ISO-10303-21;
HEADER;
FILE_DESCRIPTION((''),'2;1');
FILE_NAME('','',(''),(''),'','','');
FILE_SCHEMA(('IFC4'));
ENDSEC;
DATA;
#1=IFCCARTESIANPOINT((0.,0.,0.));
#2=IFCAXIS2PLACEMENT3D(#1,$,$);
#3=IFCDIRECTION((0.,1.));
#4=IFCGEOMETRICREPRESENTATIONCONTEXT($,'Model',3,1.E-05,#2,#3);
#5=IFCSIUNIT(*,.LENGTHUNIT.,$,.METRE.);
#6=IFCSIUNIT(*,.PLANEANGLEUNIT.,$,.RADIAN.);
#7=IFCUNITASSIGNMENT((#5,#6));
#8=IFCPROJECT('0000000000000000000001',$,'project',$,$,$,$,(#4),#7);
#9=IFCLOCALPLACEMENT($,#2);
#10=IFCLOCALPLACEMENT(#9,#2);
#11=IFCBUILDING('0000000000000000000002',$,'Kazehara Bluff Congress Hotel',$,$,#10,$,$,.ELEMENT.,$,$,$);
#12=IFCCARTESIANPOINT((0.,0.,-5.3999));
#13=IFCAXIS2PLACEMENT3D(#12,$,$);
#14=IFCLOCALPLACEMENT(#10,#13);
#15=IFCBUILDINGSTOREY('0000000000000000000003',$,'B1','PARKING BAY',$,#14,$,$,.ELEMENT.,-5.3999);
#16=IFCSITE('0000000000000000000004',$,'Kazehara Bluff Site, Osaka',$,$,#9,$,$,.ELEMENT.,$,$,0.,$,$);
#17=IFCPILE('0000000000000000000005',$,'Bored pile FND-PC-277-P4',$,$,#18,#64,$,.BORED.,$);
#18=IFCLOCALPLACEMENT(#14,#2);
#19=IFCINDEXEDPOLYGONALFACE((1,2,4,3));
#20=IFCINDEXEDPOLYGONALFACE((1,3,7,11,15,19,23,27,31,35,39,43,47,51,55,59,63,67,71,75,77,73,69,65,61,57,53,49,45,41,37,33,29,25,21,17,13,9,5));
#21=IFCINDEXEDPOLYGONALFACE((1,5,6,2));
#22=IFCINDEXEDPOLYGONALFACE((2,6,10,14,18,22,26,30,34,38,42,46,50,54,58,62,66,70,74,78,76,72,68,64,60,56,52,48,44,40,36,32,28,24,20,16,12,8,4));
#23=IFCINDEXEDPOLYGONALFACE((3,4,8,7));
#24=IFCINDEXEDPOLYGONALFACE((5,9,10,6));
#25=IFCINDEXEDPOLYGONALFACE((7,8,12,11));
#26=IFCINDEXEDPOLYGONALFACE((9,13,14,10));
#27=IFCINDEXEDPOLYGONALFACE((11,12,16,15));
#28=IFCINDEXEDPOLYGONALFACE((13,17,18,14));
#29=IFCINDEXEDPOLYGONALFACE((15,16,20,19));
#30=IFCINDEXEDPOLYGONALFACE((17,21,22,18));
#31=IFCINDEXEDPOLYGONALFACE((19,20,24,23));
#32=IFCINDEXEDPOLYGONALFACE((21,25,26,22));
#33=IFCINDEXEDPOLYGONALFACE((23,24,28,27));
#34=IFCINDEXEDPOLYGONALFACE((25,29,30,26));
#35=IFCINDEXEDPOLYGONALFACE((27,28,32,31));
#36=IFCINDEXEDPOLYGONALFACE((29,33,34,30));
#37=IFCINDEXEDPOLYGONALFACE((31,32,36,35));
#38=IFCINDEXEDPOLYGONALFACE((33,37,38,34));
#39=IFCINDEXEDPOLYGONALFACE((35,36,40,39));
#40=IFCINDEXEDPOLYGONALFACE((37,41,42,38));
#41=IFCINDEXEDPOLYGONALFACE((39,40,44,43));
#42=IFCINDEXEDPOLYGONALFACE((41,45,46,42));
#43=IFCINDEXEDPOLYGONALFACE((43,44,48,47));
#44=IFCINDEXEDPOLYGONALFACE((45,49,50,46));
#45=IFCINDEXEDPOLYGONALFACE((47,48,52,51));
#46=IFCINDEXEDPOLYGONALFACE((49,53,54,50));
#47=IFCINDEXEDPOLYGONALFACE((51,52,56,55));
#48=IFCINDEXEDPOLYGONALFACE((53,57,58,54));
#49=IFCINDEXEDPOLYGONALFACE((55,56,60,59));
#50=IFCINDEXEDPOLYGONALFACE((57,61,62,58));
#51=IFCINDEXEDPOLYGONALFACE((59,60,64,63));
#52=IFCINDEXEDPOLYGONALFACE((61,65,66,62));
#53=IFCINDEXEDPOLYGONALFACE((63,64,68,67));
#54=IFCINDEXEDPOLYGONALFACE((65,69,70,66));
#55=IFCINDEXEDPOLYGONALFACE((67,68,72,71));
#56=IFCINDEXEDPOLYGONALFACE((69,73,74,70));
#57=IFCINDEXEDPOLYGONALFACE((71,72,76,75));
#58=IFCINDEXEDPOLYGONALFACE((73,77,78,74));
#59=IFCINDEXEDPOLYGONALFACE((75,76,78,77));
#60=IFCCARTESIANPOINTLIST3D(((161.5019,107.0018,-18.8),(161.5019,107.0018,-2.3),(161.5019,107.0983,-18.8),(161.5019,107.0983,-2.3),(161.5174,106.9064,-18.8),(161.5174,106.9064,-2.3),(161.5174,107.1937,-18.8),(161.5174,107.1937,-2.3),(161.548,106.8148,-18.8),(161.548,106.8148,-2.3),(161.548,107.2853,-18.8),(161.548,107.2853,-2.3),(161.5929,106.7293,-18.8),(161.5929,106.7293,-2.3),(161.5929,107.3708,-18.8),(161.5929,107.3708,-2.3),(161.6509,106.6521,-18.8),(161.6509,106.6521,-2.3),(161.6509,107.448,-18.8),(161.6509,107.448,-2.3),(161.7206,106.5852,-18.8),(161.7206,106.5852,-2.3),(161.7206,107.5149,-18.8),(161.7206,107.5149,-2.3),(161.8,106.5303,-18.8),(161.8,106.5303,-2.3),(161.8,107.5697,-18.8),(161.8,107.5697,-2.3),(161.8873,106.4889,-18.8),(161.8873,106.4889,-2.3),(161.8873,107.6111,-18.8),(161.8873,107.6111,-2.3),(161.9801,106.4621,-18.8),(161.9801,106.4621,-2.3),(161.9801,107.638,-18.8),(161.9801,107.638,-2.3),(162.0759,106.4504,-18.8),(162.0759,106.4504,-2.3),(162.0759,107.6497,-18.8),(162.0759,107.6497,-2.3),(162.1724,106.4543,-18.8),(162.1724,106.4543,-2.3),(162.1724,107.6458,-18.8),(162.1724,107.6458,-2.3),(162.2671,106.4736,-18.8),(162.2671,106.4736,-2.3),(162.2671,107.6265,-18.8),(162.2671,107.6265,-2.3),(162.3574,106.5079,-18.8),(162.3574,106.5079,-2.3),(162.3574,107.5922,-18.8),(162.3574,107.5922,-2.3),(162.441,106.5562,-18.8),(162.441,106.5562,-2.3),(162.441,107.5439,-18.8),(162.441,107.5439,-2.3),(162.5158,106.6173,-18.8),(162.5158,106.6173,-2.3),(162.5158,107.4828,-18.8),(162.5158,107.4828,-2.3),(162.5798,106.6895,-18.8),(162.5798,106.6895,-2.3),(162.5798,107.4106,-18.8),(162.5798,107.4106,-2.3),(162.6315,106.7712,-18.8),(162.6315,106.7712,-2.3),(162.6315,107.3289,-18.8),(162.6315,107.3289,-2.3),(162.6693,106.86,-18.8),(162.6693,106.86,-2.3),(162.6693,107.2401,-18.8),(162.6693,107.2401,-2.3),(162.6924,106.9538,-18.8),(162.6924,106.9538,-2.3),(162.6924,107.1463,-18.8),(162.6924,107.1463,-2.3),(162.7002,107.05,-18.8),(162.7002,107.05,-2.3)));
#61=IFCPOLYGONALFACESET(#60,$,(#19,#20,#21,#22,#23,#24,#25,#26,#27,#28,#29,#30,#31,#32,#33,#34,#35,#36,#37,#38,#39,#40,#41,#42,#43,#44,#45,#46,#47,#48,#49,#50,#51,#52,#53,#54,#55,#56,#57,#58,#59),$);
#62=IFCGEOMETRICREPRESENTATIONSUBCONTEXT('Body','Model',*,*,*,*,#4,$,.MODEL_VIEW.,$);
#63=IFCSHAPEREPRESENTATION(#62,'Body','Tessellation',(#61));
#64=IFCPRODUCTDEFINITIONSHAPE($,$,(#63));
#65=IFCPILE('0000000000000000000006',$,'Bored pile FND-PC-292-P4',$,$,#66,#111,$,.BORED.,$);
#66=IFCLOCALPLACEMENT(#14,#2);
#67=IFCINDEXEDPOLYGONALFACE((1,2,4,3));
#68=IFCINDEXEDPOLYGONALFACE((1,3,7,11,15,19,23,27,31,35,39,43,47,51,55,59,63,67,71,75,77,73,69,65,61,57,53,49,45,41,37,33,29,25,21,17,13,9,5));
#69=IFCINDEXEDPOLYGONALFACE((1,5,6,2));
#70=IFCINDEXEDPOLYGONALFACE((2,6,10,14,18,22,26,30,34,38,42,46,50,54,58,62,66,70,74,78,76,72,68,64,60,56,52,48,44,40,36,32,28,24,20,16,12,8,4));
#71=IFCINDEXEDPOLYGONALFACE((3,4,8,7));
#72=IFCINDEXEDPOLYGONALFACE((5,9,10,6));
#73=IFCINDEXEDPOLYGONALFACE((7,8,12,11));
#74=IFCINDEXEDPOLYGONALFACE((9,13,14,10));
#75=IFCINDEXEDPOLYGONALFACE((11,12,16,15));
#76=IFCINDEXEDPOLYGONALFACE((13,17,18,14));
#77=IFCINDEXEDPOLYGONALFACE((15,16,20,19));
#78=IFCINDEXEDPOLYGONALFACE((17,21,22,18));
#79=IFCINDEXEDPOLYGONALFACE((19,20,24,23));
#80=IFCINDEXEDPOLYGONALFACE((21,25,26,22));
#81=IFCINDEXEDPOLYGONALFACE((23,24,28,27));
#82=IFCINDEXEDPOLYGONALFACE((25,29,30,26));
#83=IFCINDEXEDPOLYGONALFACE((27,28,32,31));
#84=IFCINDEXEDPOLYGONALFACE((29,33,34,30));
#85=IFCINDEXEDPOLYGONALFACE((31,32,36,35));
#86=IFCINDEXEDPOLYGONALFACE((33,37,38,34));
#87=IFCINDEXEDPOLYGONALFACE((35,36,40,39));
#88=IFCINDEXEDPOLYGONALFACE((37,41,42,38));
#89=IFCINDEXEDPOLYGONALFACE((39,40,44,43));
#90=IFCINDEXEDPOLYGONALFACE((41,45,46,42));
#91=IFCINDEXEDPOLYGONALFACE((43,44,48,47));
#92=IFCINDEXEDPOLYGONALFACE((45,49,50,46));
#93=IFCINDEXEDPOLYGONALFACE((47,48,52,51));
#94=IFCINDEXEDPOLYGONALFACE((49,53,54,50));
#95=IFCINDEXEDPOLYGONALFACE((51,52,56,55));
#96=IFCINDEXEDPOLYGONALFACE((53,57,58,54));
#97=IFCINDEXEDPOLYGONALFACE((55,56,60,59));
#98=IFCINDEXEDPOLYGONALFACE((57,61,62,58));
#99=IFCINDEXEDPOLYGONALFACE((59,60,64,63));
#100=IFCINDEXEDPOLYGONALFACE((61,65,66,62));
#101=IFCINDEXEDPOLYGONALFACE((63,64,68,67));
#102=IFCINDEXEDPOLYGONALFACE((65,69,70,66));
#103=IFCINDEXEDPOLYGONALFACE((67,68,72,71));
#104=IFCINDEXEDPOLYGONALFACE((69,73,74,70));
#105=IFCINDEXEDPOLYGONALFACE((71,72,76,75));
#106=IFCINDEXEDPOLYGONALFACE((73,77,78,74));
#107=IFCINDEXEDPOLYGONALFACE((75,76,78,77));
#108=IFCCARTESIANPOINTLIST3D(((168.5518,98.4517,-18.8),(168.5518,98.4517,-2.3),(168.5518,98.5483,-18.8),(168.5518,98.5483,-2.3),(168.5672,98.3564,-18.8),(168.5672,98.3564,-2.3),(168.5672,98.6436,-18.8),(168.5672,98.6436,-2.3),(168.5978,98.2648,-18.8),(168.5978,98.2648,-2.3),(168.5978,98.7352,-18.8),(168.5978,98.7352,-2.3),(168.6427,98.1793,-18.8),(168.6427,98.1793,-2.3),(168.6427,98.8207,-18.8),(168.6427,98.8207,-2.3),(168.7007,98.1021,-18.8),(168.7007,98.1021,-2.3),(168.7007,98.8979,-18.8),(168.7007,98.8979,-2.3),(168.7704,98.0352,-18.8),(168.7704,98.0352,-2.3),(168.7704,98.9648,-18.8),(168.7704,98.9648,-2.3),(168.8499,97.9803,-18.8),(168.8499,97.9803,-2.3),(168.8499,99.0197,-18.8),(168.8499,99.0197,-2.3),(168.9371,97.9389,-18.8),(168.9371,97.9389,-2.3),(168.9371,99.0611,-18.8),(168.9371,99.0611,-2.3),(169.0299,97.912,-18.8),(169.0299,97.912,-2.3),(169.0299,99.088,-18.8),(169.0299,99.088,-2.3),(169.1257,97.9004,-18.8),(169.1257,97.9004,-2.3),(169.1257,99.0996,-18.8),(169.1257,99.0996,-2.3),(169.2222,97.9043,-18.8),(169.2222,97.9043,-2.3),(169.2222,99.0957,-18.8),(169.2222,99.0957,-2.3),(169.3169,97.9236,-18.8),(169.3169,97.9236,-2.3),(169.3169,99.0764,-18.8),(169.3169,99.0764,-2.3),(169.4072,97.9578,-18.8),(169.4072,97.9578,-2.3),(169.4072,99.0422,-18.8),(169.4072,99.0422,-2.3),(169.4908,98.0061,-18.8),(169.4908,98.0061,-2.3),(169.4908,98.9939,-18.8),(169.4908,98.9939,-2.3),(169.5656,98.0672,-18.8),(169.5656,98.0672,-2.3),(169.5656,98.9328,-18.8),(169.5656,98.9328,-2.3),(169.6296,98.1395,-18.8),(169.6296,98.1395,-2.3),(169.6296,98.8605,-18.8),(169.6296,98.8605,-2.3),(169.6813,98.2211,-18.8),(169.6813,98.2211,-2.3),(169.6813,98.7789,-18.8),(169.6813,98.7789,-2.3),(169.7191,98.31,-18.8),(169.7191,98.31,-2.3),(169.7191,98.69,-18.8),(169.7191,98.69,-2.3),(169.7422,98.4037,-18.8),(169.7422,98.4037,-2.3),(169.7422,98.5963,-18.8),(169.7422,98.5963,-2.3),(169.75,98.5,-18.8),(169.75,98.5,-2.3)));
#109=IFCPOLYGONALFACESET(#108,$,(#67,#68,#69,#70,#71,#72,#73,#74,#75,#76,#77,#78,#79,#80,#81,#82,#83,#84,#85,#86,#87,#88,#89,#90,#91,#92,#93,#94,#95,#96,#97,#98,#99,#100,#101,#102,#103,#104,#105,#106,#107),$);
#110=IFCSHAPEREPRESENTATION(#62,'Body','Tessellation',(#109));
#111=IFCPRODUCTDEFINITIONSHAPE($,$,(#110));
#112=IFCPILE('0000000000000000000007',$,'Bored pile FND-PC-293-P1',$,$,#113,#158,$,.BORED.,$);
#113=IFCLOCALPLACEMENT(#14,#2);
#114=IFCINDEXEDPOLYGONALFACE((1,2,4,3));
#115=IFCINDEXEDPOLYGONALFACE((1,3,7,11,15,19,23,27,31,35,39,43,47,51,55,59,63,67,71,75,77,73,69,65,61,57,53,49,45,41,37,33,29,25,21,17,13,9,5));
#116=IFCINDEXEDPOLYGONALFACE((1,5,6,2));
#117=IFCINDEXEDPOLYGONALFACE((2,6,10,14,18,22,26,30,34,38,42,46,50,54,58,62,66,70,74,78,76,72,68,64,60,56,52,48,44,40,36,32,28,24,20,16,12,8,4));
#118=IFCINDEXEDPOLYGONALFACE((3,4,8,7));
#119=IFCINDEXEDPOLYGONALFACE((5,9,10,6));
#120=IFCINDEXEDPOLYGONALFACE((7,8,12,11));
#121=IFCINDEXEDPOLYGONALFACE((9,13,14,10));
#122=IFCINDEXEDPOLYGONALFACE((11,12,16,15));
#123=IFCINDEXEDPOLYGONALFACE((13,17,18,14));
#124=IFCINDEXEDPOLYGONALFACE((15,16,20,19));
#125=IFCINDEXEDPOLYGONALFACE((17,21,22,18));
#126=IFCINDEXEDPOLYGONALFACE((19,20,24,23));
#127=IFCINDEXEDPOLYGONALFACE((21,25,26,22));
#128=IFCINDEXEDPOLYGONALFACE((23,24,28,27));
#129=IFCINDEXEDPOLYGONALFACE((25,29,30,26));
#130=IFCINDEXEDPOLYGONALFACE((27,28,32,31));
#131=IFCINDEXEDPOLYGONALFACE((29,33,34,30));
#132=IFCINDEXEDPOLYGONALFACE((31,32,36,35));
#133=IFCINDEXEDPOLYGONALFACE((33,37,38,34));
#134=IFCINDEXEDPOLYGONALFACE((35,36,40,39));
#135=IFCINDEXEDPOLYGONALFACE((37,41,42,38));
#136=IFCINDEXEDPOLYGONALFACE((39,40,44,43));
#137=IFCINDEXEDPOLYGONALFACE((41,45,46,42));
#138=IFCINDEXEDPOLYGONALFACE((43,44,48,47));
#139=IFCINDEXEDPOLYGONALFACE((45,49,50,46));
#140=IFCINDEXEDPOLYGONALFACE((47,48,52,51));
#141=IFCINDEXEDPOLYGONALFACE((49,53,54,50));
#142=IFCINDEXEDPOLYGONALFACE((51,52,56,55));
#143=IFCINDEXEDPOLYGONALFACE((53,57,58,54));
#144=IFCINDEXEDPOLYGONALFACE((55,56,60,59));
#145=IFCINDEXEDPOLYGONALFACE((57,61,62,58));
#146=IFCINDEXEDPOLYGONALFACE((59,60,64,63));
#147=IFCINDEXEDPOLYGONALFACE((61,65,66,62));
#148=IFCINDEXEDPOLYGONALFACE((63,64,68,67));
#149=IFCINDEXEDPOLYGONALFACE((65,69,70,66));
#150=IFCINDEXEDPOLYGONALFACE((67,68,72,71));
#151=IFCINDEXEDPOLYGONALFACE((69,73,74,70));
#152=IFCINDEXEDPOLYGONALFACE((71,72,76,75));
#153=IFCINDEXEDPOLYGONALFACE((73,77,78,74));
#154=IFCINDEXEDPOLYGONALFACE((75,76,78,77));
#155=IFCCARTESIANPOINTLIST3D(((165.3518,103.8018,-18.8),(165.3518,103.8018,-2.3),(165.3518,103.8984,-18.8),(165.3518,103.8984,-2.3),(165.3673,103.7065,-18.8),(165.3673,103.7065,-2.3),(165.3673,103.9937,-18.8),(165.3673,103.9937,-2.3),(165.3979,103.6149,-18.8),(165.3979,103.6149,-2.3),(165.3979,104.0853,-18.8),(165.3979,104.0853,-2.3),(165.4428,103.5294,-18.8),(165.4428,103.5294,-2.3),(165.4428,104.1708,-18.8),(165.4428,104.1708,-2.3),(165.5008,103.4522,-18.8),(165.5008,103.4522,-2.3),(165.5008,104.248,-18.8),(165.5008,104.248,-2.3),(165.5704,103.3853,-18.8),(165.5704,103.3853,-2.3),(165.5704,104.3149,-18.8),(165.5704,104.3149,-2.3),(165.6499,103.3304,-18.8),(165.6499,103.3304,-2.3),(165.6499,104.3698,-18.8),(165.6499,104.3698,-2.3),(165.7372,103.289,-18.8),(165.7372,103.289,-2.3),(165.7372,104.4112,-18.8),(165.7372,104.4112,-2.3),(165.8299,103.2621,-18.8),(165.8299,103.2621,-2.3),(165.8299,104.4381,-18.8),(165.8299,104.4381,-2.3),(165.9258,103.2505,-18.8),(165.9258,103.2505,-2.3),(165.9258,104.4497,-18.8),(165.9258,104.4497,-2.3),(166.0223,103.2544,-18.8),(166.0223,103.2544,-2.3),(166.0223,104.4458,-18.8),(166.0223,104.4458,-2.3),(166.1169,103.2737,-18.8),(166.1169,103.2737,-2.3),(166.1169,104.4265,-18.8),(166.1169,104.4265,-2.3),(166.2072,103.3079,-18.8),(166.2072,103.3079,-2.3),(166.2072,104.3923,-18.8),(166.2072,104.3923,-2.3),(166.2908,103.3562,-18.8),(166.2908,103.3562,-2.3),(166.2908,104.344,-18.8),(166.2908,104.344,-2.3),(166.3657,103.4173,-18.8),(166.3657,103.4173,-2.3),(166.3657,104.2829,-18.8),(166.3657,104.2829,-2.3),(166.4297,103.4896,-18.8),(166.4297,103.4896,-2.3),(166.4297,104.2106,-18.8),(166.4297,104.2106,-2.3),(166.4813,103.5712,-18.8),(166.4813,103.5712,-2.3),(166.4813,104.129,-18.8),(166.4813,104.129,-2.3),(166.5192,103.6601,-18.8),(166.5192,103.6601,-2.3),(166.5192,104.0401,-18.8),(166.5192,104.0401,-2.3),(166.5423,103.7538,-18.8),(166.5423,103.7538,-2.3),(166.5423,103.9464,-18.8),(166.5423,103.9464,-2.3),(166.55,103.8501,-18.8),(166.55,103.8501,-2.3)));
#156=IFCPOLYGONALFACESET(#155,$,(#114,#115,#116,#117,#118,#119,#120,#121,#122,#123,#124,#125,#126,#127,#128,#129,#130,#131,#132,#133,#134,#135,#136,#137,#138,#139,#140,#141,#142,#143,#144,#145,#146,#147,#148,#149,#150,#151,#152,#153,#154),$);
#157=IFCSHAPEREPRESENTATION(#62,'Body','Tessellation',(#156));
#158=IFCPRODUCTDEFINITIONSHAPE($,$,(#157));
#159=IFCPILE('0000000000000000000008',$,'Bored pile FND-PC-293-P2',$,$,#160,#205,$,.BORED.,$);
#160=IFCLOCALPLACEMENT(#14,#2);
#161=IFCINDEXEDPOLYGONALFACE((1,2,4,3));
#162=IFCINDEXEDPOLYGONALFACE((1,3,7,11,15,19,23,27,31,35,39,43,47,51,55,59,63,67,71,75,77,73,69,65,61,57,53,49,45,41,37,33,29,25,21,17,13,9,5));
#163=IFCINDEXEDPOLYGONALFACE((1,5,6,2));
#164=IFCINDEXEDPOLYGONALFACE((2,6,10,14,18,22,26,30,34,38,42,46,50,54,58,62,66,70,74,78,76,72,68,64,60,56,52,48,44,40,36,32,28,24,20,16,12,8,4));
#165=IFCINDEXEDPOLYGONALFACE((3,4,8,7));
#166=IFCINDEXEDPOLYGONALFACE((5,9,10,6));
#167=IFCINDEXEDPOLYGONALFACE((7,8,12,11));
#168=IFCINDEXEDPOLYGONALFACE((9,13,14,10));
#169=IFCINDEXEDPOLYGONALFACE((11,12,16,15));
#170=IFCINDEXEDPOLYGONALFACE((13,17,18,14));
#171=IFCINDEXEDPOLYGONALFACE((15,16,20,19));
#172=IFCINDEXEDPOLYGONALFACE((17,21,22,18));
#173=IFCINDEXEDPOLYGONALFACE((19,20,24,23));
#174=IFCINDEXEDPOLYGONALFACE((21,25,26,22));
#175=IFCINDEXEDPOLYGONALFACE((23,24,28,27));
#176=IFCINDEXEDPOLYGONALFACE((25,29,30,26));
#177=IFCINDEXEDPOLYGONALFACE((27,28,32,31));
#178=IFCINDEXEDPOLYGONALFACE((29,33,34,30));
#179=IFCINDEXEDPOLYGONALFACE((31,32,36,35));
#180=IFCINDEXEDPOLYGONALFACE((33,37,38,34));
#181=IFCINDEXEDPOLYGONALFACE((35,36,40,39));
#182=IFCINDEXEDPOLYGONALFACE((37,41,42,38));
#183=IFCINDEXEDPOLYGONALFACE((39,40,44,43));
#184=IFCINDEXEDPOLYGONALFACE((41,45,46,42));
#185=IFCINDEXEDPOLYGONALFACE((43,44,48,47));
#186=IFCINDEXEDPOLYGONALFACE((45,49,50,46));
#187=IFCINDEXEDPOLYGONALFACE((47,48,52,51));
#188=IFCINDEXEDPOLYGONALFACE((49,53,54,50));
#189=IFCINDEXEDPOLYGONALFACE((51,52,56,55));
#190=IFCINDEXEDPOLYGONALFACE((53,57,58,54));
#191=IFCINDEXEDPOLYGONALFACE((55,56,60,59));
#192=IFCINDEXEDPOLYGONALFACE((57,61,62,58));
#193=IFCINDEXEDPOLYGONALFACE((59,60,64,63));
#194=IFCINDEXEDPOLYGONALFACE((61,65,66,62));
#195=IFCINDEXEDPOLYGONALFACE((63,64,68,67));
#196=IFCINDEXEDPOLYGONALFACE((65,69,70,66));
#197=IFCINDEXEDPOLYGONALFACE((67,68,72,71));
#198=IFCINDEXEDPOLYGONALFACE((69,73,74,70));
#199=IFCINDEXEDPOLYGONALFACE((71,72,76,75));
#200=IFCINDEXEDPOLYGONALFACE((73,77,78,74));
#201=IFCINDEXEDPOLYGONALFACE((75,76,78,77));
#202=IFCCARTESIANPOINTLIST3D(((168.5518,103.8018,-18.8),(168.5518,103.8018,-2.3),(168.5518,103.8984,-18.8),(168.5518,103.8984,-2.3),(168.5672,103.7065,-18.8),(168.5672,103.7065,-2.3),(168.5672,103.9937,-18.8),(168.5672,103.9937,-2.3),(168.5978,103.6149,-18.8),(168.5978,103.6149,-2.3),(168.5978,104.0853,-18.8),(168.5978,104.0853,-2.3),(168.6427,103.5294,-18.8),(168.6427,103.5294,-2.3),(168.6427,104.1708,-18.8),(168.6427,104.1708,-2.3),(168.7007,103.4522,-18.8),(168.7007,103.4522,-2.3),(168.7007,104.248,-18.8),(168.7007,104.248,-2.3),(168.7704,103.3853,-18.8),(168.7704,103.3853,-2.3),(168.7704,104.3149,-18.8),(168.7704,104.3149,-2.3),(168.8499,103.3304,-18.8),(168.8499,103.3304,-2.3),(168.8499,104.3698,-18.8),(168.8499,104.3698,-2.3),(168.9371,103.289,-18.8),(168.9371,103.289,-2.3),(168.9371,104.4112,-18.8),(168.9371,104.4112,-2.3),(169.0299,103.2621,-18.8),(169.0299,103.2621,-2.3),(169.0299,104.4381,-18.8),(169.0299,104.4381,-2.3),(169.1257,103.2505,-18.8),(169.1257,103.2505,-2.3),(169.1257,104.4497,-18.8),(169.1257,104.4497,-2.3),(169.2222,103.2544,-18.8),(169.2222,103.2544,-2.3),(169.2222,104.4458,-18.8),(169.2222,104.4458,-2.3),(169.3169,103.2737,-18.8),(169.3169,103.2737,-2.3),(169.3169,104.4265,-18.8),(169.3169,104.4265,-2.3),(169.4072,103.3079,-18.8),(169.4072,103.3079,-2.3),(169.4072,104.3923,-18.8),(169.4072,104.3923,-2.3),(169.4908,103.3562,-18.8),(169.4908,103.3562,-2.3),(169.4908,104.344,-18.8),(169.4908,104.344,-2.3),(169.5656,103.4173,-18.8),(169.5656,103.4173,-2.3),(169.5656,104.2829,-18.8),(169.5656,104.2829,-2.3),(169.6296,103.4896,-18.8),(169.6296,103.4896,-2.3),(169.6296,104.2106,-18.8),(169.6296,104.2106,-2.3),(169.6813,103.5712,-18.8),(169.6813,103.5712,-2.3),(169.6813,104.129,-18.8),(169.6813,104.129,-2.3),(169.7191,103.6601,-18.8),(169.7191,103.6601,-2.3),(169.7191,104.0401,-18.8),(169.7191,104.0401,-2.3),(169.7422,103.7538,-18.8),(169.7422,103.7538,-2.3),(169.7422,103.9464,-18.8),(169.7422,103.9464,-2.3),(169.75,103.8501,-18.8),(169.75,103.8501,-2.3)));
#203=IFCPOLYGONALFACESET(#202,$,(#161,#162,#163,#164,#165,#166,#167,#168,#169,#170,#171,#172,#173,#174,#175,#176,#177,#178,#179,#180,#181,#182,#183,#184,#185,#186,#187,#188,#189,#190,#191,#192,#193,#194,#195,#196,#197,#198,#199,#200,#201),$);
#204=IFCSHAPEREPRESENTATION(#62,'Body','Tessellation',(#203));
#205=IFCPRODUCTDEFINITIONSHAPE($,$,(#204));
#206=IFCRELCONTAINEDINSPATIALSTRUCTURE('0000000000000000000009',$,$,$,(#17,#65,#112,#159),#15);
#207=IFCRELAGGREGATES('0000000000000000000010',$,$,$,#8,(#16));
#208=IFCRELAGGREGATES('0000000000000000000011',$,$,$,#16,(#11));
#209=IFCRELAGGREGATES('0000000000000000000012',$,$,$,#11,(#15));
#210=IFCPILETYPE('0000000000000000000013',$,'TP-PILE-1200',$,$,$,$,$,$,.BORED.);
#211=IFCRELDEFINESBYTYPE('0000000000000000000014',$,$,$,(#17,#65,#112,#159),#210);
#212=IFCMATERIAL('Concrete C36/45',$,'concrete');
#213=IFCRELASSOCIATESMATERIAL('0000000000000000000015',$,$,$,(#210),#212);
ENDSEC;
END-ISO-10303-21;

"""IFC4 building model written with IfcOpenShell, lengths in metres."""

from ifc_helpers import new_model, si_unit, direction, frame, origin, origin_2d, place, context, subcontext, project, spatial, circle, extrude, material, material_profile, profile_set, type_object, element, save


model = new_model("IFC4")

# Units and contexts
model_context = context("Model", 3, precision=1e-05, world=origin(), true_north=direction((0.0, 1.0)))
body_context = subcontext(model_context, "Body", "Model", "MODEL_VIEW")
ifc_project = project(units=[si_unit("LENGTHUNIT", "METRE"), si_unit("PLANEANGLEUNIT", "RADIAN")], contexts=[model_context])

# Site, building, storey
site_placement = place(None, origin())
site = spatial("IfcSite", under=ifc_project, at=site_placement, Name="Kazehara Bluff Site, Osaka", CompositionType="ELEMENT", RefElevation=0.0)
building_placement = place(site_placement, origin())
building = spatial("IfcBuilding", under=site, at=building_placement, Name="Kazehara Bluff Congress Hotel", CompositionType="ELEMENT")
storey_placement = place(building_placement, frame((0.0, 0.0, -5.3999)))
storey = spatial("IfcBuildingStorey", under=building, at=storey_placement, Name="B1", Description="PARKING BAY", CompositionType="ELEMENT", Elevation=-5.3999)

# Piles
ifc_material_1 = material(Name="Concrete C36/45", Category="concrete")
ifc_material_profile_1 = material_profile(ifc_material_1, circle(Radius=0.6001, at=origin_2d()))
ifc_profile_set_1 = profile_set([ifc_material_profile_1], Name="Concrete C36/45")
pile_type = type_object("IfcPileType", Name="TP-PILE-1200", PredefinedType="BORED", material=ifc_profile_set_1)
for number, where, z_axis, x_axis, name in (
    (1, (162.1001, 107.05, -2.3), (0.0, 0.0, -1.0), (1.0, 0.0, 0.0), "Bored pile FND-PC-277-P4"),
    (2, (169.1499, 98.5, -2.3), (0.0, 0.0, -1.0), (1.0, 0.0, 0.0), "Bored pile FND-PC-292-P4"),
    (3, (165.95, 103.8501, -2.3), (0.0, 0.0, -1.0), (1.0, 0.0, 0.0), "Bored pile FND-PC-293-P1"),
    (4, (169.1499, 103.8501, -2.3), (0.0, 0.0, -1.0), (1.0, 0.0, 0.0), "Bored pile FND-PC-293-P2"),
):
    element("IfcPile", number, at=place(storey_placement, frame(where, z_axis=z_axis, x_axis=x_axis)), inside=storey, type_object=pile_type, Name=name, PredefinedType="BORED", context=body_context, shape_type="SweptSolid", body=[
        extrude(circle(Radius=0.6001, at=origin_2d()), origin(), (0.0, 0.0, 1.0), 16.5),
    ])

save(model, "model.ifc")
